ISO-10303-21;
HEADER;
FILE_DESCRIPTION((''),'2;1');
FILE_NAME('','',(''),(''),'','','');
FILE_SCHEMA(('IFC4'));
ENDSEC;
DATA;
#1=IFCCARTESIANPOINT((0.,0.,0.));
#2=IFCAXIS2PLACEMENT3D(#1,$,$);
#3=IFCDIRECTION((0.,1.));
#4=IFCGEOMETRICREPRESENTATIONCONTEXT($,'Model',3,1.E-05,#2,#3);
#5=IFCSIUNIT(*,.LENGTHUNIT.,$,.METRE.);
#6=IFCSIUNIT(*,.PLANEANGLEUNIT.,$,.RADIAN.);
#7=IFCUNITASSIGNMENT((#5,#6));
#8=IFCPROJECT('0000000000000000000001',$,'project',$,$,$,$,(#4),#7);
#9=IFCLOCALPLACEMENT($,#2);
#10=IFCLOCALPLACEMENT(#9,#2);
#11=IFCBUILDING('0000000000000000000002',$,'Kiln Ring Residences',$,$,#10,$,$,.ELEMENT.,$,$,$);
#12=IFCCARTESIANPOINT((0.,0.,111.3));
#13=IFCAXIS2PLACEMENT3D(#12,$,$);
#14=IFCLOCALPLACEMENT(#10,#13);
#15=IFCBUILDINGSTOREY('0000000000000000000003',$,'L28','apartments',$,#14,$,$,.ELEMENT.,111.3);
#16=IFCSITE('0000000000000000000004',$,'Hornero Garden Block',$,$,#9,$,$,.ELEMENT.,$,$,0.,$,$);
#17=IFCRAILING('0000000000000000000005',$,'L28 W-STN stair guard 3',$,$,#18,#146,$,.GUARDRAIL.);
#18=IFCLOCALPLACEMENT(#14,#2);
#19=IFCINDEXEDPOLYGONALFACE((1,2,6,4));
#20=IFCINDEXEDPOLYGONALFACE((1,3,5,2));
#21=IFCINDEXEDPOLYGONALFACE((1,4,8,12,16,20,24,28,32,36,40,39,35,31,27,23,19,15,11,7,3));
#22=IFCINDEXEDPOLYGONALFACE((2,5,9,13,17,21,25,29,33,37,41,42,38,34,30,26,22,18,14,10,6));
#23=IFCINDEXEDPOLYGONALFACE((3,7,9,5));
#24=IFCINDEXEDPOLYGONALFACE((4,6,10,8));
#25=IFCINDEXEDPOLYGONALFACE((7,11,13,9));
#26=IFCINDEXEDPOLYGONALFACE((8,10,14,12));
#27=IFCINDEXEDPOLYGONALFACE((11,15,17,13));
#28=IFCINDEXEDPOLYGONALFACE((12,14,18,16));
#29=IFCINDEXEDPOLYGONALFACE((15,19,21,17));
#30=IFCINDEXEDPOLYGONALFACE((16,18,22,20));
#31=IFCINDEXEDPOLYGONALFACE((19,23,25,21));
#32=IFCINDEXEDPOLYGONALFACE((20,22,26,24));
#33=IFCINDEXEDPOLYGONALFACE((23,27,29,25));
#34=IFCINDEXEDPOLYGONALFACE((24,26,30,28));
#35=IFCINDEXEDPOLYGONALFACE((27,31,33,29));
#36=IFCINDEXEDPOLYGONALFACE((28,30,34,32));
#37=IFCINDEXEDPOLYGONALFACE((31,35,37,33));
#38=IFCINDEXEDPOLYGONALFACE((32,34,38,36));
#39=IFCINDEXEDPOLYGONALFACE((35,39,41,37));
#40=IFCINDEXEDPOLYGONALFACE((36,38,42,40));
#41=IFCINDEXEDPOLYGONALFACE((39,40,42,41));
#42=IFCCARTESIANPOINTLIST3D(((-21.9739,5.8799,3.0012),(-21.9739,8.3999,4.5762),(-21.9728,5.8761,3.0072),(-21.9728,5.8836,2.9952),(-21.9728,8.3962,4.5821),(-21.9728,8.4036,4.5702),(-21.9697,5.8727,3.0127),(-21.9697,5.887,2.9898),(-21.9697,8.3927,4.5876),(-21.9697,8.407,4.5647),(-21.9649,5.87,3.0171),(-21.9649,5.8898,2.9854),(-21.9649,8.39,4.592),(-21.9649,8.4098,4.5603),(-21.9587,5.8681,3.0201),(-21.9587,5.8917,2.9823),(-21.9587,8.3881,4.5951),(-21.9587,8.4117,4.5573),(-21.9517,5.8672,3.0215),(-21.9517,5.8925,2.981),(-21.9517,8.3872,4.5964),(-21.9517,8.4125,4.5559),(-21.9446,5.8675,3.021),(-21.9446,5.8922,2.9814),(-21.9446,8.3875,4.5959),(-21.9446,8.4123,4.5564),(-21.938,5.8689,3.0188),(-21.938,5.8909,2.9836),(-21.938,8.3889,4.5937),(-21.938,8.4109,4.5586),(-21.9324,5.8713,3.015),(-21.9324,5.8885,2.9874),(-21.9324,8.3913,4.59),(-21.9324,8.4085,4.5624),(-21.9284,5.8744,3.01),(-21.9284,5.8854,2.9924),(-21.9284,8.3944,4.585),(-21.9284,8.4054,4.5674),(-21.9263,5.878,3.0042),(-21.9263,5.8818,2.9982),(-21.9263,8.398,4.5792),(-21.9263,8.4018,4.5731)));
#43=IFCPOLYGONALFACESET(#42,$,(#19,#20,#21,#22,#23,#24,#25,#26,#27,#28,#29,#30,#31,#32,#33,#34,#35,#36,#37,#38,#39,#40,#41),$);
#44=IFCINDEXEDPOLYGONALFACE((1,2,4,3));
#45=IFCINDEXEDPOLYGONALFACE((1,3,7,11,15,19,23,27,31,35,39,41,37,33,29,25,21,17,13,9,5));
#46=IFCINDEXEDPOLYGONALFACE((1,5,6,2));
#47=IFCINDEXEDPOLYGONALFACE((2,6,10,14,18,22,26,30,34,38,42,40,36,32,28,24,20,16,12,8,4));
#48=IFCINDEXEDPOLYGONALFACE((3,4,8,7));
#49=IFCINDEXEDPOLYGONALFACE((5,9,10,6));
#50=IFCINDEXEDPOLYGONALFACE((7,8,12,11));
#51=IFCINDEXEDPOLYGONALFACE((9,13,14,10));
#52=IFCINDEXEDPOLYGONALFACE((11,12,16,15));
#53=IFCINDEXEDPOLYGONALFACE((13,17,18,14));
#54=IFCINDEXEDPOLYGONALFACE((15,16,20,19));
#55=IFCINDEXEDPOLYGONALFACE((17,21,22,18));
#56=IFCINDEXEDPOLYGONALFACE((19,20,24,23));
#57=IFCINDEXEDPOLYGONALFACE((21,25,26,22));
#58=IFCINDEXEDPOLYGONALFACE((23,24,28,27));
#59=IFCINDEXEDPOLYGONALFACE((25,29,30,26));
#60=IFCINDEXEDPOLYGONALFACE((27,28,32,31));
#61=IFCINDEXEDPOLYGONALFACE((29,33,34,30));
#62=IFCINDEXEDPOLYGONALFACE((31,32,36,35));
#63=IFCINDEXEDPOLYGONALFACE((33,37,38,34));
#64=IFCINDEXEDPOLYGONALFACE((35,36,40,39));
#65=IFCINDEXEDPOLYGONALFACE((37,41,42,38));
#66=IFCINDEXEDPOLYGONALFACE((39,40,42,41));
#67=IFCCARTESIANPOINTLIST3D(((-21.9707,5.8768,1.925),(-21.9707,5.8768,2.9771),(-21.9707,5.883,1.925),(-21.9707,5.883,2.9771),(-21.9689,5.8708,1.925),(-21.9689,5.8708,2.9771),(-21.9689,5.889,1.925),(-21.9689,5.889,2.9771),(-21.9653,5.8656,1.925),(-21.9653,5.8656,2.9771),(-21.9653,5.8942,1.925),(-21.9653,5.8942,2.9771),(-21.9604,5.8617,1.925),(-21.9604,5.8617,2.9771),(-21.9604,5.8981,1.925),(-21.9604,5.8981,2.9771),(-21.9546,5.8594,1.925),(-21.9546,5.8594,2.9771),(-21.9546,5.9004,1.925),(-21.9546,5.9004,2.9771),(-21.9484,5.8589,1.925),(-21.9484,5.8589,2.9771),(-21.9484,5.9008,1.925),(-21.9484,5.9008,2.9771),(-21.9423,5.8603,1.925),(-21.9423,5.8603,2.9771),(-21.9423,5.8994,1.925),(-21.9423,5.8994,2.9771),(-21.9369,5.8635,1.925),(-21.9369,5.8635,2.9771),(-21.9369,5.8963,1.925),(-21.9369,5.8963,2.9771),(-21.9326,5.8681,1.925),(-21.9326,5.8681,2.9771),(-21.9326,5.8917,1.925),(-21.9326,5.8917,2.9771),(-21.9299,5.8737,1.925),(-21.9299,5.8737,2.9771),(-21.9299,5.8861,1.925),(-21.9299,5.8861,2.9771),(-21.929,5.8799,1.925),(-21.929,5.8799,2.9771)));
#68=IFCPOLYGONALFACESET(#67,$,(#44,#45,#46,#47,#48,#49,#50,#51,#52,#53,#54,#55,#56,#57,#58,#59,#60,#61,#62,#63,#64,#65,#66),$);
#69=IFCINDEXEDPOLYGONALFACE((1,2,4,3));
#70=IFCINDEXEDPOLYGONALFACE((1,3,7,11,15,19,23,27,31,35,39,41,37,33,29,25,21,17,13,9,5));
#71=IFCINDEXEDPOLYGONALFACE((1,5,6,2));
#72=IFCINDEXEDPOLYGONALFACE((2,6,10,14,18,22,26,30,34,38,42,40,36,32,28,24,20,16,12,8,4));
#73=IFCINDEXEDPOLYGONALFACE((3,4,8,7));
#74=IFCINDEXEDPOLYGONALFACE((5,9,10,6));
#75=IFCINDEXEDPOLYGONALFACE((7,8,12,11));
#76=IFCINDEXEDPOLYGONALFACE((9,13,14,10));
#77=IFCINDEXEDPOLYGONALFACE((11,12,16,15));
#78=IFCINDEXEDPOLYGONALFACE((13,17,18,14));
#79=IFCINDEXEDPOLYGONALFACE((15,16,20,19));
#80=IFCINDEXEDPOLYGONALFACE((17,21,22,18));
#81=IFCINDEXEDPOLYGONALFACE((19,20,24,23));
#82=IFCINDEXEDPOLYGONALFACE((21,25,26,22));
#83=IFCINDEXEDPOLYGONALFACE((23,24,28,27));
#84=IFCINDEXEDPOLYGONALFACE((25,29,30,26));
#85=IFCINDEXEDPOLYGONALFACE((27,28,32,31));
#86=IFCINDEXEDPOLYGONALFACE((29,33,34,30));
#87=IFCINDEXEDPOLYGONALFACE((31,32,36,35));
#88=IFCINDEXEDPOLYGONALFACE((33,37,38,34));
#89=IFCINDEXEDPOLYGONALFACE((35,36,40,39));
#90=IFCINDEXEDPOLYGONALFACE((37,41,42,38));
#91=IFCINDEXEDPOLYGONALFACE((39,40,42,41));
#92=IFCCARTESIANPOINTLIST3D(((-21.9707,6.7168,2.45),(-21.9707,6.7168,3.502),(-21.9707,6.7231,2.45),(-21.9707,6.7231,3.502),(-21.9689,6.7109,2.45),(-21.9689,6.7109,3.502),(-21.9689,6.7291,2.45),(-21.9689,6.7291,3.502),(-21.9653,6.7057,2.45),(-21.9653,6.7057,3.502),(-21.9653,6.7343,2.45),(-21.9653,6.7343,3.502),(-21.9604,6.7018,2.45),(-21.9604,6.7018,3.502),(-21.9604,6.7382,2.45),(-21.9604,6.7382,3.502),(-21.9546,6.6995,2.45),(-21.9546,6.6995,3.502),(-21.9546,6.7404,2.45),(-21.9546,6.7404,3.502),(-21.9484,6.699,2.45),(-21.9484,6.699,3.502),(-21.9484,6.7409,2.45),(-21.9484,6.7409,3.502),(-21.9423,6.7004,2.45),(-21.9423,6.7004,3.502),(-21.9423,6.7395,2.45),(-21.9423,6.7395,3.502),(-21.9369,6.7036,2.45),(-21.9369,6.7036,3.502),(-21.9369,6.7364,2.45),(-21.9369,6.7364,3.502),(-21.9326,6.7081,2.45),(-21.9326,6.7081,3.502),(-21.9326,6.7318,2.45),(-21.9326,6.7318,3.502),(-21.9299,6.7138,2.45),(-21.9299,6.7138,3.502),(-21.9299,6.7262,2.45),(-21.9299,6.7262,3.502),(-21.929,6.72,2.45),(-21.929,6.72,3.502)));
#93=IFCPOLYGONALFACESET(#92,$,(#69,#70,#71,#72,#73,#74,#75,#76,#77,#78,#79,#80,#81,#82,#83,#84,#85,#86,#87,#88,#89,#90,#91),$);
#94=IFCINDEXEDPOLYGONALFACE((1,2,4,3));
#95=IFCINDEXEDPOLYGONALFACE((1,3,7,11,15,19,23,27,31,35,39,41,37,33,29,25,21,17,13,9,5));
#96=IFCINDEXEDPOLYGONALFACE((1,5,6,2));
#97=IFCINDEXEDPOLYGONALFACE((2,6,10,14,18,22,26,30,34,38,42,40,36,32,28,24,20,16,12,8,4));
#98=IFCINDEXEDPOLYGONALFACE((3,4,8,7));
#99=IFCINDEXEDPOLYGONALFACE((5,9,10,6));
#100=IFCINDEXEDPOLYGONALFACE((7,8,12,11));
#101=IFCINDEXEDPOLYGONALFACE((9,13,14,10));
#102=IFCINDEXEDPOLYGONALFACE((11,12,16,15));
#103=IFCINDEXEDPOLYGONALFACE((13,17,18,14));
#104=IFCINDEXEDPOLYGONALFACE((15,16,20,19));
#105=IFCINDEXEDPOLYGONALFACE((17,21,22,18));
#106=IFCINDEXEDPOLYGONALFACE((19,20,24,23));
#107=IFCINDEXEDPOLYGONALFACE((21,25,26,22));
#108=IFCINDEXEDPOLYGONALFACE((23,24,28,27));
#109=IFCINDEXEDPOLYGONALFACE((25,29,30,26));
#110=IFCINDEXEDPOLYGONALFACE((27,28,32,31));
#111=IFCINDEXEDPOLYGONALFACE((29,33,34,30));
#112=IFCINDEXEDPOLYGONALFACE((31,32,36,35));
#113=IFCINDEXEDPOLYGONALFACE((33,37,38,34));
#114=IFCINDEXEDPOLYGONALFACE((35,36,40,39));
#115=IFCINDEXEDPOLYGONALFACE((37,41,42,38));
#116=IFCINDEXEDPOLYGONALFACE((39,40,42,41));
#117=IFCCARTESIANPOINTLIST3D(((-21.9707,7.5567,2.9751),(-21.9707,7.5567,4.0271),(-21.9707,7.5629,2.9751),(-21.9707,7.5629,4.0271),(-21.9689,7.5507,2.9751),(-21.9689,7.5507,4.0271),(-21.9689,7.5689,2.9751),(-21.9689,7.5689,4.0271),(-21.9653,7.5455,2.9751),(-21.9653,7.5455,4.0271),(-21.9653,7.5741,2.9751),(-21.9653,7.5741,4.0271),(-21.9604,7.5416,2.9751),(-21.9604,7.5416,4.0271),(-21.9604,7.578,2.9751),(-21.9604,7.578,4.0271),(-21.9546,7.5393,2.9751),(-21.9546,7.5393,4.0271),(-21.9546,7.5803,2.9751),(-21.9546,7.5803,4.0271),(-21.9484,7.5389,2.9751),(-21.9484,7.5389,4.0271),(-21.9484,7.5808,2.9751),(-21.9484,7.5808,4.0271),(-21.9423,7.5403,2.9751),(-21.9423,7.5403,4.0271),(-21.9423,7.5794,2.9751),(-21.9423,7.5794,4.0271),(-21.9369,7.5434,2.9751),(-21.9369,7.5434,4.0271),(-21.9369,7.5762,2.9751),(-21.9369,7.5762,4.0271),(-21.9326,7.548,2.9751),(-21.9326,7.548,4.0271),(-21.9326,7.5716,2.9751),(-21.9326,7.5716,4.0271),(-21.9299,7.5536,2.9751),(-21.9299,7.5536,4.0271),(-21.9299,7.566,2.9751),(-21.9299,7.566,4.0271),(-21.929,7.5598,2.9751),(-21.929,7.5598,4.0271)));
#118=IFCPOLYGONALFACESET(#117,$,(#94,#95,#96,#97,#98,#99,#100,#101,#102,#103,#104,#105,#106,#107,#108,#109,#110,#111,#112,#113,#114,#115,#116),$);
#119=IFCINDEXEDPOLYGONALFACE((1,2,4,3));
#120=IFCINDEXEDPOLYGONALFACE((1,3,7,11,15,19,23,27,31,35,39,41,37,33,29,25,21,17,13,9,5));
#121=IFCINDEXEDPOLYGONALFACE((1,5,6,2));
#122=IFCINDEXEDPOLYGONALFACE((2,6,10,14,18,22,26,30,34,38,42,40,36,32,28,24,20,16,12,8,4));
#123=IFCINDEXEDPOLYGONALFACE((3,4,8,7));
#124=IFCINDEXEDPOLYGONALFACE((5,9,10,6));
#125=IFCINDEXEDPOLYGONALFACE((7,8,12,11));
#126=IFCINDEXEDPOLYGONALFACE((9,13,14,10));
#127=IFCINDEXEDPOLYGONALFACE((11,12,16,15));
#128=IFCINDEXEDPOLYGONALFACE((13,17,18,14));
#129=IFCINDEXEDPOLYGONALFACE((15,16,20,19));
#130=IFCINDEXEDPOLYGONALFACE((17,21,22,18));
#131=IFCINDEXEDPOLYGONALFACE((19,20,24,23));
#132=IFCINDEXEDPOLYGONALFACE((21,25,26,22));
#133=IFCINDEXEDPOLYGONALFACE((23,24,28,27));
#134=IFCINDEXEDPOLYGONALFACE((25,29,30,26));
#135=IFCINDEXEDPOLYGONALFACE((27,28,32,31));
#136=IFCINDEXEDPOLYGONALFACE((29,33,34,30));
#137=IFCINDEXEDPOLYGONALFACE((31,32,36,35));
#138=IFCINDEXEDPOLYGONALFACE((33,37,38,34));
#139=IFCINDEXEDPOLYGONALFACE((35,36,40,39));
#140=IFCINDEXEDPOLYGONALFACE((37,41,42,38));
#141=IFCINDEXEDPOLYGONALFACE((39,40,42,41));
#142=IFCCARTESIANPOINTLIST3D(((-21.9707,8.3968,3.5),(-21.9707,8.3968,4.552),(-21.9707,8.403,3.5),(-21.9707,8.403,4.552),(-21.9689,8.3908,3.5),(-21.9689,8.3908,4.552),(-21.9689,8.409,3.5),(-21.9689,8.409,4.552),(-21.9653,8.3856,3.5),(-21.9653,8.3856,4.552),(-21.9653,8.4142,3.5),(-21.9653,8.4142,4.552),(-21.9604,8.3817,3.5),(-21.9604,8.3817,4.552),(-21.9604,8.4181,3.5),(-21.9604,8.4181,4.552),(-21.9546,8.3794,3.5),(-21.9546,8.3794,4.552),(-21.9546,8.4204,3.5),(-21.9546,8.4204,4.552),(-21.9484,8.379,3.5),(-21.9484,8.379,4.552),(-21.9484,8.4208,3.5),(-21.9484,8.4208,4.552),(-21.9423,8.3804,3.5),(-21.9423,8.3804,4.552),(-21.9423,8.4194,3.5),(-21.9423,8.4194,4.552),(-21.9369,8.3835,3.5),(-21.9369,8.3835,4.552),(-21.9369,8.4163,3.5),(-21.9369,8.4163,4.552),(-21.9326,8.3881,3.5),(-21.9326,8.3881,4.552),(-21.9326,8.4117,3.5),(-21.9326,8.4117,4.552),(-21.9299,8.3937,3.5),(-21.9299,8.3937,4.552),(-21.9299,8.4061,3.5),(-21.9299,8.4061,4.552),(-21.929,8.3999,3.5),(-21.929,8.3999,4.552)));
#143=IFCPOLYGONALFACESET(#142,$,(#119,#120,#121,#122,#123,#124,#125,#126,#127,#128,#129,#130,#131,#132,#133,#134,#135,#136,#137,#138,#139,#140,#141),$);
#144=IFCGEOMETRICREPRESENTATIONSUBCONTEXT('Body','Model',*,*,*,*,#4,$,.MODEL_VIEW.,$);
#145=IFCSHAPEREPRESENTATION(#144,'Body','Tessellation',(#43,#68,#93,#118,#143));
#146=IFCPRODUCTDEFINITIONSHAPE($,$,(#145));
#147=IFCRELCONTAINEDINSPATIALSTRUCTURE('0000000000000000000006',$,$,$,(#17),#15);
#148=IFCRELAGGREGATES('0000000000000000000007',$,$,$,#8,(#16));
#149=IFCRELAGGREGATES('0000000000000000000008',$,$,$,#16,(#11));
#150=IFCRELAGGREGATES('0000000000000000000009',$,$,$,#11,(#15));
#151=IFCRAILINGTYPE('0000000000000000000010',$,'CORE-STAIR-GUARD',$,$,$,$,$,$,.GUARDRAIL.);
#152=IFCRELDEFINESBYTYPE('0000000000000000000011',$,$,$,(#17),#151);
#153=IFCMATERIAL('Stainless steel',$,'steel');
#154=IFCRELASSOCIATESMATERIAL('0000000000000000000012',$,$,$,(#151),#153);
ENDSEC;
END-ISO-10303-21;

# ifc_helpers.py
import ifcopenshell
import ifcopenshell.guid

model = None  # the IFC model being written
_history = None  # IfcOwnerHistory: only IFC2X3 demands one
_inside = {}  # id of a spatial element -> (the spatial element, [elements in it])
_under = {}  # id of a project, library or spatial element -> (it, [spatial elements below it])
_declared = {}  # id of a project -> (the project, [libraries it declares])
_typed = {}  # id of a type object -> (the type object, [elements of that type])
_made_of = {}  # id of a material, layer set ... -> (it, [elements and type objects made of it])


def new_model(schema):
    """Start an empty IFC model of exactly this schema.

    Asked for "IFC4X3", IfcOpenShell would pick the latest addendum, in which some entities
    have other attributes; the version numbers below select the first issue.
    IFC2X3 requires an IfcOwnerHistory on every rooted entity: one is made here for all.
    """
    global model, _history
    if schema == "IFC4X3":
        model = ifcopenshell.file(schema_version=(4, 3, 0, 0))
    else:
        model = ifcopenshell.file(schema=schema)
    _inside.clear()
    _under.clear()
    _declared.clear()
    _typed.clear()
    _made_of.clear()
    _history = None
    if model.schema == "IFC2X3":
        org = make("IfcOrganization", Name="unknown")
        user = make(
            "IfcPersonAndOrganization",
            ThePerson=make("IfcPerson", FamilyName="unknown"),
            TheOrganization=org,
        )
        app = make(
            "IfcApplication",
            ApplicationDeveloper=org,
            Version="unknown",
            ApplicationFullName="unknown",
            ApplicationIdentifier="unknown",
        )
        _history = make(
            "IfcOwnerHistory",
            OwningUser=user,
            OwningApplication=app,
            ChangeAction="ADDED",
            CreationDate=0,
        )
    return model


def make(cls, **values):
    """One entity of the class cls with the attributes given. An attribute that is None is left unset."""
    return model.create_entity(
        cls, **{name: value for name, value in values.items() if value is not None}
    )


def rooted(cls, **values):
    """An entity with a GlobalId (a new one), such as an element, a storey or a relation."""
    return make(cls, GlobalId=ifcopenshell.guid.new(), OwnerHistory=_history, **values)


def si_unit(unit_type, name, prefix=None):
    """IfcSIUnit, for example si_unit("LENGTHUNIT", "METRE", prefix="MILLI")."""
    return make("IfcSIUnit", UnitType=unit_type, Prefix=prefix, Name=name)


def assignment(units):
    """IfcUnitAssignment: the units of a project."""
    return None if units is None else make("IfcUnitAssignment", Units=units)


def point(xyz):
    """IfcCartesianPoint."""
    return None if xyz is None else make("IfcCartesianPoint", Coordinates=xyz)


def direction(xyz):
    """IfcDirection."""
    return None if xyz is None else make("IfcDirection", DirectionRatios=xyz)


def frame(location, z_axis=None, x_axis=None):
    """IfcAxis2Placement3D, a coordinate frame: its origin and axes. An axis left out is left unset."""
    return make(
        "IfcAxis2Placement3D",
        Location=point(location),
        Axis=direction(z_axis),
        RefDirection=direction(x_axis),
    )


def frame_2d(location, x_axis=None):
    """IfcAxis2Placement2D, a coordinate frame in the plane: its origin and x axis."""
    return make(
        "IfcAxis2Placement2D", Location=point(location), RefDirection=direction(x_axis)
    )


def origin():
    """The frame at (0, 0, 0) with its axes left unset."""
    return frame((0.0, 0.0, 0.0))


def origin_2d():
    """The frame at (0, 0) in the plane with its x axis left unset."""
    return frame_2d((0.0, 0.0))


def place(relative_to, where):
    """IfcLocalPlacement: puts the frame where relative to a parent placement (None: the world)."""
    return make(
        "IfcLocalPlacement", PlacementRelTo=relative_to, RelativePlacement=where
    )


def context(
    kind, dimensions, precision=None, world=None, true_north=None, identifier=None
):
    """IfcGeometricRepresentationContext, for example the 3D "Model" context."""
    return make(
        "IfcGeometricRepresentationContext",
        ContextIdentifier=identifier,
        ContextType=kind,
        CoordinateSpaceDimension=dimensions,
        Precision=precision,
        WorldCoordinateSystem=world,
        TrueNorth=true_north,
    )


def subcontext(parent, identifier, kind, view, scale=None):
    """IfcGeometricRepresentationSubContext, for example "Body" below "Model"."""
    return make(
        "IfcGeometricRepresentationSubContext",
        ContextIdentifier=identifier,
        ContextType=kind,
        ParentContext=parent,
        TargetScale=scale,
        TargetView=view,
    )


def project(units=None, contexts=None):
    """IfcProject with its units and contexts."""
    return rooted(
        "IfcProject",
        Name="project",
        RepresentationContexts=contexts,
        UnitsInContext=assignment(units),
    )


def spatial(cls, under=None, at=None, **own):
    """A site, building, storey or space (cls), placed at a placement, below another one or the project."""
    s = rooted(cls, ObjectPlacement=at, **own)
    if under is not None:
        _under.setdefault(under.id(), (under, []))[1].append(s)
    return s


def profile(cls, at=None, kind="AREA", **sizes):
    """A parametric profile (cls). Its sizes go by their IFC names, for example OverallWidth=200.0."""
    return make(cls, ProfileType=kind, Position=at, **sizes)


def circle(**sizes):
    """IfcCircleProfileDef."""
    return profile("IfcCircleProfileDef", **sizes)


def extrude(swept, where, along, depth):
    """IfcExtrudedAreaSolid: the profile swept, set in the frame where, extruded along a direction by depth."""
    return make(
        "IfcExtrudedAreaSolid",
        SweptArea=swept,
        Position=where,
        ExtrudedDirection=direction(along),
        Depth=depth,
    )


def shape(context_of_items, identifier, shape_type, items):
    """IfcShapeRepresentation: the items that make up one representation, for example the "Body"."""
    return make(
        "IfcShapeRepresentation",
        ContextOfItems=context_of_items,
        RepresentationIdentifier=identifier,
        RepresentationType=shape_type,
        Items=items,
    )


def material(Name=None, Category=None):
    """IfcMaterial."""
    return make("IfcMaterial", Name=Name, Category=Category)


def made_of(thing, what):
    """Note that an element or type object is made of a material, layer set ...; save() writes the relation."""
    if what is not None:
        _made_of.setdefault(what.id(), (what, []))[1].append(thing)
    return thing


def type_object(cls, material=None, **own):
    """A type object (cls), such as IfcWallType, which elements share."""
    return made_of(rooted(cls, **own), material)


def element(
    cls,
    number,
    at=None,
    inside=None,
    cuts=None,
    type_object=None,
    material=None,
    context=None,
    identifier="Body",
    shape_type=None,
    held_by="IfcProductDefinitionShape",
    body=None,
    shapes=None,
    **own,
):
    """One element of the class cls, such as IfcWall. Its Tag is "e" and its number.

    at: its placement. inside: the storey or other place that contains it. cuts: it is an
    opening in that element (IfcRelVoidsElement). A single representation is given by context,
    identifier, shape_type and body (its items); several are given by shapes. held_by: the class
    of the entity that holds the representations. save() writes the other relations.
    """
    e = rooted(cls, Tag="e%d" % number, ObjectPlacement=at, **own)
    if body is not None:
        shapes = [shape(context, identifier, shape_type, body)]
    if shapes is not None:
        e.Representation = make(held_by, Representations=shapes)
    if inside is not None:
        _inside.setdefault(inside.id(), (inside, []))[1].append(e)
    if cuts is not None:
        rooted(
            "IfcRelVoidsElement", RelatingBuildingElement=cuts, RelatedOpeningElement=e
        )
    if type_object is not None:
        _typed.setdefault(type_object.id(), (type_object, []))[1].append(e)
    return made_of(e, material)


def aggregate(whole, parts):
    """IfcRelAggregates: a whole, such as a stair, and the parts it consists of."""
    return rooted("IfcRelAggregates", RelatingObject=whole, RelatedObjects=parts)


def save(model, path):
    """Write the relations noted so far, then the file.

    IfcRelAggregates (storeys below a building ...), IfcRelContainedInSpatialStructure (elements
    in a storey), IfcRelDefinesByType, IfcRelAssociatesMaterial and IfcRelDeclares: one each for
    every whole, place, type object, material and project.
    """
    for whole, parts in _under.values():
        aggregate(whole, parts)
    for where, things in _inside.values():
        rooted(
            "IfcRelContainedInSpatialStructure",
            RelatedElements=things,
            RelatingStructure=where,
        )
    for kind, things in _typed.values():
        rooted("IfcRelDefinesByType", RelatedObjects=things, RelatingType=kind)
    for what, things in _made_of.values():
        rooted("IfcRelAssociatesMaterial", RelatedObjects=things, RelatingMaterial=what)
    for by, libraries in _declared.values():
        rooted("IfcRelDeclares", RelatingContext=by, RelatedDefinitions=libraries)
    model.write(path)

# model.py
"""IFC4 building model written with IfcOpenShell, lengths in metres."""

from ifc_helpers import new_model, si_unit, direction, frame, origin, origin_2d, place, context, subcontext, project, spatial, circle, extrude, material, type_object, element, save


model = new_model("IFC4")

# Units and contexts
model_context = context("Model", 3, precision=1e-05, world=origin(), true_north=direction((0.0, 1.0)))
body_context = subcontext(model_context, "Body", "Model", "MODEL_VIEW")
ifc_project = project(units=[si_unit("LENGTHUNIT", "METRE"), si_unit("PLANEANGLEUNIT", "RADIAN")], contexts=[model_context])

# Site, building, storey
site_placement = place(None, origin())
site = spatial("IfcSite", under=ifc_project, at=site_placement, Name="Hornero Garden Block", CompositionType="ELEMENT", RefElevation=0.0)
building_placement = place(site_placement, origin())
building = spatial("IfcBuilding", under=site, at=building_placement, Name="Kiln Ring Residences", CompositionType="ELEMENT")
storey_placement = place(building_placement, frame((0.0, 0.0, 111.3)))
storey = spatial("IfcBuildingStorey", under=building, at=storey_placement, Name="L28", Description="apartments", CompositionType="ELEMENT", Elevation=111.3)

# Railing
ifc_material_1 = material(Name="Stainless steel", Category="steel")
railing_type_1 = type_object("IfcRailingType", Name="CORE-STAIR-GUARD", PredefinedType="GUARDRAIL", material=ifc_material_1)
railing_1_placement = place(storey_placement, frame((-21.95, 5.8799, 1.925)))
element("IfcRailing", 1, at=railing_1_placement, inside=storey, type_object=railing_type_1, Name="L28 W-STN stair guard 3", PredefinedType="GUARDRAIL", context=body_context, shape_type="SweptSolid", body=[
    extrude(circle(Radius=0.0239, at=origin_2d()), frame((0.0, 0.0, 1.0762), z_axis=(0.0, 0.848008, 0.529984), x_axis=(-1.0, 0.0, 0.0)), (0.0, 0.0, 1.0), 2.9717),
    extrude(circle(Radius=0.021, at=origin_2d()), origin(), (0.0, 0.0, 1.0), 1.052),
    extrude(circle(Radius=0.021, at=origin_2d()), frame((0.0, 0.8401, 0.5249)), (0.0, 0.0, 1.0), 1.052),
    extrude(circle(Radius=0.021, at=origin_2d()), frame((0.0, 1.6799, 1.05)), (0.0, 0.0, 1.0), 1.052),
    extrude(circle(Radius=0.021, at=origin_2d()), frame((0.0, 2.52, 1.575)), (0.0, 0.0, 1.0), 1.052),
])

save(model, "model.ifc")
